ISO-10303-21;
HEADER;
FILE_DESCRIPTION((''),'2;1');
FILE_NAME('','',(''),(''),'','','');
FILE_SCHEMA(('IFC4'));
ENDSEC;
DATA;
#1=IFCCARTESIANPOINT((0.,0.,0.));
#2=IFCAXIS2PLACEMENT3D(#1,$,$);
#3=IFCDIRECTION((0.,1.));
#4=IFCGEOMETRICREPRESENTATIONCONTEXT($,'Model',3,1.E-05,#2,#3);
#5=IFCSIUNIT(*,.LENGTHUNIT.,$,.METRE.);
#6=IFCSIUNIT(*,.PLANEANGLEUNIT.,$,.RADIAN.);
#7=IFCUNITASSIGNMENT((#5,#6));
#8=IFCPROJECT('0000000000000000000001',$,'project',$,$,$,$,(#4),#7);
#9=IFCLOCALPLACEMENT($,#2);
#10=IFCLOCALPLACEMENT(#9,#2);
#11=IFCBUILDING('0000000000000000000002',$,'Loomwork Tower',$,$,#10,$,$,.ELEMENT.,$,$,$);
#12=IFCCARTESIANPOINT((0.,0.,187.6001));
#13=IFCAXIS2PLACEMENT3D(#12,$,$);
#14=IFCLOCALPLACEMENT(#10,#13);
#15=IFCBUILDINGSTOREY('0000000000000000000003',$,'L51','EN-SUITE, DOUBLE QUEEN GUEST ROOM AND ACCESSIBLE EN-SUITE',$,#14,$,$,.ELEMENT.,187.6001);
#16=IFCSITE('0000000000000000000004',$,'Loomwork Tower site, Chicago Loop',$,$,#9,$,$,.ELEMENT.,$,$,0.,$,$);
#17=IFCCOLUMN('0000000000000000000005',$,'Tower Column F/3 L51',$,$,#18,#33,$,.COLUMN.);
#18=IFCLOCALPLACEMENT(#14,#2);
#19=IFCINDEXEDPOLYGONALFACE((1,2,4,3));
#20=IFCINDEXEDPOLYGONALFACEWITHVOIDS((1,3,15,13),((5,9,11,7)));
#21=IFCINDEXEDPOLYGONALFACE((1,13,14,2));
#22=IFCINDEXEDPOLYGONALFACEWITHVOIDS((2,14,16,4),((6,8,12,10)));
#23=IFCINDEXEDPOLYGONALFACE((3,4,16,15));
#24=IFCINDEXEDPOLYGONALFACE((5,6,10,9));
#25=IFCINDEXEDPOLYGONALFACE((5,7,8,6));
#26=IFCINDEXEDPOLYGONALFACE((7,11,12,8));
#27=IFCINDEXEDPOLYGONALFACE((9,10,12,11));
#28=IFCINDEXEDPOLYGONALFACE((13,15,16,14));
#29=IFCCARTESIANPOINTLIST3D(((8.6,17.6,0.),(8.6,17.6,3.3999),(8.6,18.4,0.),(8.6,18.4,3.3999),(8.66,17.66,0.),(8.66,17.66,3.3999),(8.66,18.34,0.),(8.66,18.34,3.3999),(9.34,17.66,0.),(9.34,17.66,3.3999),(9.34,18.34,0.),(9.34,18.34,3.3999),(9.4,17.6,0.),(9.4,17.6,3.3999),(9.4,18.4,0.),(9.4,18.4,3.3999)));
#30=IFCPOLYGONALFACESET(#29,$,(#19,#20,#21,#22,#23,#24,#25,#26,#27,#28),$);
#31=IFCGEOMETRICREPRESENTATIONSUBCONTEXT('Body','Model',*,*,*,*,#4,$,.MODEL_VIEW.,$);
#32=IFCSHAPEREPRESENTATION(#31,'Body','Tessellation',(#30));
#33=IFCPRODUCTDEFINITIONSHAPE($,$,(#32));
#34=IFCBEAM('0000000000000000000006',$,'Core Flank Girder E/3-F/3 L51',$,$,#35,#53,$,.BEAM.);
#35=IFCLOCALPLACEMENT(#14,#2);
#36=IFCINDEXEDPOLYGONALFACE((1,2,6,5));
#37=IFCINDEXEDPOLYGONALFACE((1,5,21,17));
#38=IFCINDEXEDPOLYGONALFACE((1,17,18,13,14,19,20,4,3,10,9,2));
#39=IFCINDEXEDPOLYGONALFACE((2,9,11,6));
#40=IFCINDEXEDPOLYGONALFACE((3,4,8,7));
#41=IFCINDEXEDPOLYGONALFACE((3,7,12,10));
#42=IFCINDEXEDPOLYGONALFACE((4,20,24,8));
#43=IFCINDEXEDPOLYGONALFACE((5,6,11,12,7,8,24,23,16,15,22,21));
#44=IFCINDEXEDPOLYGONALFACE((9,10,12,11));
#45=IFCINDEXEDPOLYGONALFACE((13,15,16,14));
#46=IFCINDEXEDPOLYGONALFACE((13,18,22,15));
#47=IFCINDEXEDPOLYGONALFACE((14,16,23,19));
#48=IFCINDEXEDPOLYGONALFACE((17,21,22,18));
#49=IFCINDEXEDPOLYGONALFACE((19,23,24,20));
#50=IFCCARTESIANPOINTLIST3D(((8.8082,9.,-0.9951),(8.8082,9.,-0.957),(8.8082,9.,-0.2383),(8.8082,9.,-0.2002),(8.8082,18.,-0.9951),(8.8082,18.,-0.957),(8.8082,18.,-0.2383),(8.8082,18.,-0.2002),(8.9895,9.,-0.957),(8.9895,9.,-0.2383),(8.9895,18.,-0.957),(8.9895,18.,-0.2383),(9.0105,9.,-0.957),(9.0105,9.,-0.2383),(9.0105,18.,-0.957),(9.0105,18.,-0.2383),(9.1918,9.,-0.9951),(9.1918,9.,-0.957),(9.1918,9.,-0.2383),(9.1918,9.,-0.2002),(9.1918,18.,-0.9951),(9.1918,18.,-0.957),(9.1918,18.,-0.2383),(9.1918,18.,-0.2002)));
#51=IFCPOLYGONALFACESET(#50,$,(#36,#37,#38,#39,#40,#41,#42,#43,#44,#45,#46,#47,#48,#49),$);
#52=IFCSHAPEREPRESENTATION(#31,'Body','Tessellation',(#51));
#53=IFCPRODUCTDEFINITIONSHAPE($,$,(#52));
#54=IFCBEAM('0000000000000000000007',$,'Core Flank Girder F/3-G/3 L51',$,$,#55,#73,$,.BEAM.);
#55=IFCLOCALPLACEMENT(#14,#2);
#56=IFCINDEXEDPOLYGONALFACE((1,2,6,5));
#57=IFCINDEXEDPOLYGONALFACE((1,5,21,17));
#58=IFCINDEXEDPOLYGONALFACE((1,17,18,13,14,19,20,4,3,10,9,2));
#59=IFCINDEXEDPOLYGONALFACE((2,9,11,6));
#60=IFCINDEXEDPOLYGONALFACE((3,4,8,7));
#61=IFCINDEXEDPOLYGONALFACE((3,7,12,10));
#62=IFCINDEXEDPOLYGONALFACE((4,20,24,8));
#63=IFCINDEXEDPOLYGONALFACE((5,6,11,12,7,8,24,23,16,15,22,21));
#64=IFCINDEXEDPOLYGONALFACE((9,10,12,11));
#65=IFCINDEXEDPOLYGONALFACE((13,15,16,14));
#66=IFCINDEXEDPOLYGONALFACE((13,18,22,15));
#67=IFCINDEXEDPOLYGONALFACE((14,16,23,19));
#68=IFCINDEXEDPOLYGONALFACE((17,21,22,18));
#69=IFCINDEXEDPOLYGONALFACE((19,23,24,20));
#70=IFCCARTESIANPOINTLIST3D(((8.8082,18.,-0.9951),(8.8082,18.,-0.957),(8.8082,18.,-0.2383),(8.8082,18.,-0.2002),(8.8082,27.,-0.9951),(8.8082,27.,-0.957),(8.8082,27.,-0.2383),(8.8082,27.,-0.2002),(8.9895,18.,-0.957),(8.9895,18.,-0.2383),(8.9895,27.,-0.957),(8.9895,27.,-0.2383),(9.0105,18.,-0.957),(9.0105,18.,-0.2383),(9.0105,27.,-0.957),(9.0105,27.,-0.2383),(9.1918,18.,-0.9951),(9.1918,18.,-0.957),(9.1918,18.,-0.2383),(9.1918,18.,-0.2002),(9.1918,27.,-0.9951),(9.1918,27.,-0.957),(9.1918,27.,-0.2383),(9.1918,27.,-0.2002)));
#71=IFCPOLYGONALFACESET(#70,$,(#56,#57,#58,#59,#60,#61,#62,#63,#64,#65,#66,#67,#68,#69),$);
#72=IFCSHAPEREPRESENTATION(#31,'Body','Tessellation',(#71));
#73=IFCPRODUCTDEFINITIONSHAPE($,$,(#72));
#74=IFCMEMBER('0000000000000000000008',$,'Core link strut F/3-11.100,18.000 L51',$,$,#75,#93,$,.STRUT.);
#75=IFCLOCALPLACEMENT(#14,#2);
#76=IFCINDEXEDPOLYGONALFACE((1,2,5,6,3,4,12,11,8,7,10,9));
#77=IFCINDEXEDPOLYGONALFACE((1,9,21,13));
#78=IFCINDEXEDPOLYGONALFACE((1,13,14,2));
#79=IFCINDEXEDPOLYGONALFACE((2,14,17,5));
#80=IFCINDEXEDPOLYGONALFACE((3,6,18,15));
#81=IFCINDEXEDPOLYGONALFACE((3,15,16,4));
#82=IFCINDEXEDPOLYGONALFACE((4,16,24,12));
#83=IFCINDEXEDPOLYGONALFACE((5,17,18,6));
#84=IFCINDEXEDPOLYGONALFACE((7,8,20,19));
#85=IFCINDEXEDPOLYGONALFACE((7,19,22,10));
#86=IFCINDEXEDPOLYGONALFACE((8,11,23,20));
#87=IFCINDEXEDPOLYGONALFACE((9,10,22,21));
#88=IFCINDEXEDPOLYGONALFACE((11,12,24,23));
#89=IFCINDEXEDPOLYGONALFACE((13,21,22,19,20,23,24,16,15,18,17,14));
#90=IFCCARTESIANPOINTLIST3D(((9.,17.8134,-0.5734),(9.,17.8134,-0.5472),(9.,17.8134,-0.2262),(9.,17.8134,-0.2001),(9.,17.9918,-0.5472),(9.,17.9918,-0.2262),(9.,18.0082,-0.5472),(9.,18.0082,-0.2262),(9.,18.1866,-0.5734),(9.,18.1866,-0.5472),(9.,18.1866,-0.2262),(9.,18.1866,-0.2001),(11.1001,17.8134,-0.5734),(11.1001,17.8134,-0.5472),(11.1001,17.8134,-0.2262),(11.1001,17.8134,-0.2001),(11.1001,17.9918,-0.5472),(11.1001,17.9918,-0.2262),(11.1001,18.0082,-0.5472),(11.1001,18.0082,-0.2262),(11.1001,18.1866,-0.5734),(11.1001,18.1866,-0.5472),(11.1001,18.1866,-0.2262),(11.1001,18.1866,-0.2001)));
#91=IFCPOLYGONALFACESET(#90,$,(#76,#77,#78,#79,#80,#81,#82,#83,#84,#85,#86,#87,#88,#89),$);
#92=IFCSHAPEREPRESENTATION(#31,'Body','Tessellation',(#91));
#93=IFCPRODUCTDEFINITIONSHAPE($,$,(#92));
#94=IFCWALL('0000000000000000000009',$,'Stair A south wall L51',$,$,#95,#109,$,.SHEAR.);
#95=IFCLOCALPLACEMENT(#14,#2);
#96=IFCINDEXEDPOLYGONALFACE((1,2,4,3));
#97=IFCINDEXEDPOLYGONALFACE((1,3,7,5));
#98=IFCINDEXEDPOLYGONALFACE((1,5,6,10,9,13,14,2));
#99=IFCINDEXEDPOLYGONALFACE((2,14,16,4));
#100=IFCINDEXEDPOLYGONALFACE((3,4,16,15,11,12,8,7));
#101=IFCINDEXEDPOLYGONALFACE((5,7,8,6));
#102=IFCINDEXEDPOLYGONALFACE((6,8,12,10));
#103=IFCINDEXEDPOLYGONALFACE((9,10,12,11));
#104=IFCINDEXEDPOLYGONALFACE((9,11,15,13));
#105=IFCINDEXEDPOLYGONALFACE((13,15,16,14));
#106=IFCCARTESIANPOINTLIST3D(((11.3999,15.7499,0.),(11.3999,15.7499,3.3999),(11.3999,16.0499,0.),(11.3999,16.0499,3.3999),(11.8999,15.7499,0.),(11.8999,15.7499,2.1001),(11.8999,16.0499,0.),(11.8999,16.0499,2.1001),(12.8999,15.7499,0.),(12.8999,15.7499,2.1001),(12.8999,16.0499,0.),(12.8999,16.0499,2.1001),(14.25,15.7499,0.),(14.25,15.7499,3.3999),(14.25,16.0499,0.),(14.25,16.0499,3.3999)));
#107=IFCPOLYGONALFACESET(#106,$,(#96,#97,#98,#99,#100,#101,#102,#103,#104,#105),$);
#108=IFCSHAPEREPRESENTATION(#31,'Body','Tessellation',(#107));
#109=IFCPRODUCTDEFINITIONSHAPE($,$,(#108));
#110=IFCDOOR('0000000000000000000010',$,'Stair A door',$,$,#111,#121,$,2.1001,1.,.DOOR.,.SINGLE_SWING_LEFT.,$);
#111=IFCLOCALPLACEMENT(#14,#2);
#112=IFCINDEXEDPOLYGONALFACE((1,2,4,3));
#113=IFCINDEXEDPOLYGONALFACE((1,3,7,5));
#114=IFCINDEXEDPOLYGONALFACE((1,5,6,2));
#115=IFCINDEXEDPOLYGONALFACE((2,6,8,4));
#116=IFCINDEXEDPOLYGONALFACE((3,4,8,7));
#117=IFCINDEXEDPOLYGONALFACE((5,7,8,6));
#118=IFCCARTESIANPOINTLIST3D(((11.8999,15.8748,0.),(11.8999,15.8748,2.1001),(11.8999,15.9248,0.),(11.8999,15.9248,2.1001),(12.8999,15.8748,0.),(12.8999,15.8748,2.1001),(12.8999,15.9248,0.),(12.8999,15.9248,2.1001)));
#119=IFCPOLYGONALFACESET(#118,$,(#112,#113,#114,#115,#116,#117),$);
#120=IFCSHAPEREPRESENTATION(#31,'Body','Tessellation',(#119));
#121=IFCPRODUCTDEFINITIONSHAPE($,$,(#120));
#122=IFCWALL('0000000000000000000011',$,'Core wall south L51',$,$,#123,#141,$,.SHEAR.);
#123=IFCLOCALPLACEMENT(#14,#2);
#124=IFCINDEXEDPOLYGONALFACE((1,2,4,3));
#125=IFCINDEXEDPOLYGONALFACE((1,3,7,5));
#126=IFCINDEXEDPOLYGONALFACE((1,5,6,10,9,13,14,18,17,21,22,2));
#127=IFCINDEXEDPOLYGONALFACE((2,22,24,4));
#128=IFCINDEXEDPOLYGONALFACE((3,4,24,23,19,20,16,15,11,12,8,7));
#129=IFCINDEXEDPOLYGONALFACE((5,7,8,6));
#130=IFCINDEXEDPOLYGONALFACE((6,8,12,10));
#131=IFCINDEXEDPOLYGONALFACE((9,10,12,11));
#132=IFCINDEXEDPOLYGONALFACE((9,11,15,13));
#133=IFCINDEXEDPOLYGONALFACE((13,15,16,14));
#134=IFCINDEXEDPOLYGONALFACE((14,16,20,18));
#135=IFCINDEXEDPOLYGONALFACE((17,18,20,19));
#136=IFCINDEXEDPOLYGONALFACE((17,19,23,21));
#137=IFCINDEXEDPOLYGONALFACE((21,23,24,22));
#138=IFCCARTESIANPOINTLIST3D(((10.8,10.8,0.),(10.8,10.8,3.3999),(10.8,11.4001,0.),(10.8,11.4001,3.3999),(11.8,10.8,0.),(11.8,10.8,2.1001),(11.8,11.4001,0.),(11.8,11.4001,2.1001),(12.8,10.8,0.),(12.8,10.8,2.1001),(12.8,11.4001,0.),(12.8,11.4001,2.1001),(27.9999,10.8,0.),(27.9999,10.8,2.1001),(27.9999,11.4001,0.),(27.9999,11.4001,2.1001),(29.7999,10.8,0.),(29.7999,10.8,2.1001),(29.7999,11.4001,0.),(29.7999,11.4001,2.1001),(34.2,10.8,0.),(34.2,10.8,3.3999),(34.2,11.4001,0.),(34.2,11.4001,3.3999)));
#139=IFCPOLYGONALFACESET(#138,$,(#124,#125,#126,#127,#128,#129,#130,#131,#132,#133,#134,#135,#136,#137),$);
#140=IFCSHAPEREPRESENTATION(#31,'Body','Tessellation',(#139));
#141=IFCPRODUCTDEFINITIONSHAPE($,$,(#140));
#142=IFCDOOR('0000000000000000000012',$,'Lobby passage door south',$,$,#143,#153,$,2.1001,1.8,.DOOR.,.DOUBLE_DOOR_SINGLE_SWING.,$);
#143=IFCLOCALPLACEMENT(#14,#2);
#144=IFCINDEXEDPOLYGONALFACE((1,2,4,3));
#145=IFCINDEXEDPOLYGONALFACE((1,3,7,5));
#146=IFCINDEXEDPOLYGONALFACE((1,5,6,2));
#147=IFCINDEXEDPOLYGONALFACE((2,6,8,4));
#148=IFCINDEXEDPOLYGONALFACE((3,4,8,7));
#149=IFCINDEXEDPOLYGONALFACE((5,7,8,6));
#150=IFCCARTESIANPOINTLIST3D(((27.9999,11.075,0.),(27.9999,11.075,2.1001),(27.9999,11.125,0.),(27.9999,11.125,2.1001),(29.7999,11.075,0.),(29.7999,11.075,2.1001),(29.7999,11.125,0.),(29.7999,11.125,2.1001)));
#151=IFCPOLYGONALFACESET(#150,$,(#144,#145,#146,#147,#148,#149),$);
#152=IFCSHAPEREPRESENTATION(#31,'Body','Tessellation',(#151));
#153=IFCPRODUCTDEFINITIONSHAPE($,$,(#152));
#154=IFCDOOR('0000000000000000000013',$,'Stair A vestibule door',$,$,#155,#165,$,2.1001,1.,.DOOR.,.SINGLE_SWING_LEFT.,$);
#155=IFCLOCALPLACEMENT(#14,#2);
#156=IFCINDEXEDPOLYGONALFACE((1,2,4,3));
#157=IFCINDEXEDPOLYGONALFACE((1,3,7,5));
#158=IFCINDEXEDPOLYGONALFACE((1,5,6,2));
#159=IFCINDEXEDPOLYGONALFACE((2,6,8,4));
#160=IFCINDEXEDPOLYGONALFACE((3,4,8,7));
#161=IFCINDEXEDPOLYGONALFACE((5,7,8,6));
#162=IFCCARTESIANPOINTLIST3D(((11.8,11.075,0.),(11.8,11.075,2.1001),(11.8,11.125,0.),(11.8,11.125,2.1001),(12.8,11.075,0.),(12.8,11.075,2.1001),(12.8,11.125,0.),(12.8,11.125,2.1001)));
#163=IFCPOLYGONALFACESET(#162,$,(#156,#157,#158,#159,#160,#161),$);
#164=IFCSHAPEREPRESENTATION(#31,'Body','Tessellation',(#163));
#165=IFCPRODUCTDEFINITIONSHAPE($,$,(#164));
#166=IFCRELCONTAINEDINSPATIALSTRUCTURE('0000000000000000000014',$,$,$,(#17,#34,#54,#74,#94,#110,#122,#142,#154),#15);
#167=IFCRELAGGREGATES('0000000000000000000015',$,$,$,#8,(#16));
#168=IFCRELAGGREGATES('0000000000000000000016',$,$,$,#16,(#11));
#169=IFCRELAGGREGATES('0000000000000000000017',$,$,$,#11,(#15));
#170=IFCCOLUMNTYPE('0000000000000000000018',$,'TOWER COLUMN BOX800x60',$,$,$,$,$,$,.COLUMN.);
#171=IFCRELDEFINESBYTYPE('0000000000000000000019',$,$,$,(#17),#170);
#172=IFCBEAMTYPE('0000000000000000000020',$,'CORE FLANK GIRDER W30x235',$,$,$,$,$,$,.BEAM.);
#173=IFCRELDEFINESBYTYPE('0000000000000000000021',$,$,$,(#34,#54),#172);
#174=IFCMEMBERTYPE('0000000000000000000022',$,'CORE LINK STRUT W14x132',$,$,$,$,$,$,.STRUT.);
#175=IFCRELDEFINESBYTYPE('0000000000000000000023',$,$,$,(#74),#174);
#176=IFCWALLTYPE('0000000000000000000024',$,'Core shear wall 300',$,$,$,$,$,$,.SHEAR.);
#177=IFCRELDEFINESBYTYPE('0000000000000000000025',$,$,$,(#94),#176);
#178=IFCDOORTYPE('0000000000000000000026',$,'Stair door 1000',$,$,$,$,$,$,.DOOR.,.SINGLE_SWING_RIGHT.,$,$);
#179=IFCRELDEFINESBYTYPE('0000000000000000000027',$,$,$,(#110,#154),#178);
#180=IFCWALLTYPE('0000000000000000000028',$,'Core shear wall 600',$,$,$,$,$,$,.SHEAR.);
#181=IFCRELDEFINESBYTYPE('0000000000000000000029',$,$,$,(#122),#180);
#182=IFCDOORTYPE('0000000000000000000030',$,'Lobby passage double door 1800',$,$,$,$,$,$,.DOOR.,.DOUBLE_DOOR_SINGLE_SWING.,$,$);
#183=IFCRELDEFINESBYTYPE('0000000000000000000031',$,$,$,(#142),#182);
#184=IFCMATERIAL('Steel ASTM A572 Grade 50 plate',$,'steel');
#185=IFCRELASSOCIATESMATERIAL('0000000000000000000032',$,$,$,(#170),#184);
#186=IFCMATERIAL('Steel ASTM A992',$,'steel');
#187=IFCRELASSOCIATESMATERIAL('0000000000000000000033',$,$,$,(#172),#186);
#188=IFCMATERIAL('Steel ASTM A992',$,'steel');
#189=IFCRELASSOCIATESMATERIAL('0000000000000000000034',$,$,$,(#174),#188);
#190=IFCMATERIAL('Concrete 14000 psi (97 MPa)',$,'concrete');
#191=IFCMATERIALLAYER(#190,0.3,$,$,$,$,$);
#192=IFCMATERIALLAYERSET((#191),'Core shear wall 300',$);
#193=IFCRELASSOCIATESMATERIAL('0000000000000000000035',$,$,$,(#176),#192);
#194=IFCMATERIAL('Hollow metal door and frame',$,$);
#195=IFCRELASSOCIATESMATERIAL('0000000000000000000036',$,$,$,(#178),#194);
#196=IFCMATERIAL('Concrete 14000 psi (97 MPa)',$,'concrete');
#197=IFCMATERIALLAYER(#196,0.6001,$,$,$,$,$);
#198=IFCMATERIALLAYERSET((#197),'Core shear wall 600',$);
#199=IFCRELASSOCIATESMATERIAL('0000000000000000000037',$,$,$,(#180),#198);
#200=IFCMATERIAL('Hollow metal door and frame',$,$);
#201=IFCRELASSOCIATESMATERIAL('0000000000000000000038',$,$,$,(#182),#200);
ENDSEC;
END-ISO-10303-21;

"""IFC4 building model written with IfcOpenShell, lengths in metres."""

from ifc_helpers import new_model, si_unit, direction, frame, frame_2d, origin, origin_2d, place, context, subcontext, project, spatial, rectangle, hollow_rectangle, i_section, extrude, material, layer, layer_set, material_profile, profile_set, type_object, element, fill, save


model = new_model("IFC4")

# Units and contexts
model_context = context("Model", 3, precision=1e-05, world=origin(), true_north=direction((0.0, 1.0)))
body_context = subcontext(model_context, "Body", "Model", "MODEL_VIEW")
ifc_project = project(units=[si_unit("LENGTHUNIT", "METRE"), si_unit("PLANEANGLEUNIT", "RADIAN")], contexts=[model_context])

# Site, building, storey
site_placement = place(None, origin())
site = spatial("IfcSite", under=ifc_project, at=site_placement, Name="Loomwork Tower site, Chicago Loop", CompositionType="ELEMENT", RefElevation=0.0)
building_placement = place(site_placement, origin())
building = spatial("IfcBuilding", under=site, at=building_placement, Name="Loomwork Tower", CompositionType="ELEMENT")
storey_placement = place(building_placement, frame((0.0, 0.0, 187.6001)))
storey = spatial("IfcBuildingStorey", under=building, at=storey_placement, Name="L51", Description="EN-SUITE, DOUBLE QUEEN GUEST ROOM AND ACCESSIBLE EN-SUITE", CompositionType="ELEMENT", Elevation=187.6001)

# Column
ifc_material_1 = material(Name="Steel ASTM A572 Grade 50 plate", Category="steel")
ifc_material_profile_1 = material_profile(ifc_material_1, hollow_rectangle(XDim=0.8, YDim=0.8, WallThickness=0.0601, at=origin_2d()), Name="BOX800x60")
ifc_profile_set_1 = profile_set([ifc_material_profile_1], Name="Steel ASTM A572 Grade 50 plate")
column_type = type_object("IfcColumnType", Name="TOWER COLUMN BOX800x60", PredefinedType="COLUMN", material=ifc_profile_set_1)
column_placement = place(storey_placement, frame((9.0, 18.0, 0.0), z_axis=(0.0, 0.0, 1.0), x_axis=(1.0, 0.0, 0.0)))
element("IfcColumn", 1, at=column_placement, inside=storey, type_object=column_type, Name="Tower Column F/3 L51", PredefinedType="COLUMN", context=body_context, shape_type="SweptSolid", body=[
    extrude(hollow_rectangle(XDim=0.8, YDim=0.8, WallThickness=0.0601, at=origin_2d()), origin(), (0.0, 0.0, 1.0), 3.3999),
])

# Beams
ifc_material_2 = material(Name="Steel ASTM A992", Category="steel")
ifc_material_profile_2 = material_profile(ifc_material_2, i_section(OverallWidth=0.3835, OverallDepth=0.7949, WebThickness=0.021, FlangeThickness=0.0381, at=origin_2d()), Name="W30x235")
ifc_profile_set_2 = profile_set([ifc_material_profile_2], Name="Steel ASTM A992")
beam_type = type_object("IfcBeamType", Name="CORE FLANK GIRDER W30x235", PredefinedType="BEAM", material=ifc_profile_set_2)
for number, where, z_axis, x_axis, name in (
    (2, (9.0, 9.0, -0.5977), (0.0, 1.0, 0.0), (-1.0, 0.0, 0.0), "Core Flank Girder E/3-F/3 L51"),
    (3, (9.0, 18.0, -0.5977), (0.0, 1.0, 0.0), (-1.0, 0.0, 0.0), "Core Flank Girder F/3-G/3 L51"),
):
    element("IfcBeam", number, at=place(storey_placement, frame(where, z_axis=z_axis, x_axis=x_axis)), inside=storey, type_object=beam_type, Name=name, PredefinedType="BEAM", context=body_context, shape_type="SweptSolid", body=[
        extrude(i_section(OverallWidth=0.3835, OverallDepth=0.7949, WebThickness=0.021, FlangeThickness=0.0381, at=origin_2d()), origin(), (0.0, 0.0, 1.0), 9.0),
    ])

# Member
ifc_material_3 = material(Name="Steel ASTM A992", Category="steel")
ifc_material_profile_3 = material_profile(ifc_material_3, i_section(OverallWidth=0.3733, OverallDepth=0.3733, WebThickness=0.0164, FlangeThickness=0.0261, at=origin_2d()), Name="W14x132")
ifc_profile_set_3 = profile_set([ifc_material_profile_3], Name="Steel ASTM A992")
member_type = type_object("IfcMemberType", Name="CORE LINK STRUT W14x132", PredefinedType="STRUT", material=ifc_profile_set_3)
member_placement = place(storey_placement, frame((9.0, 18.0, -0.3867), z_axis=(1.0, 0.0, 0.0), x_axis=(0.0, 1.0, 0.0)))
element("IfcMember", 4, at=member_placement, inside=storey, type_object=member_type, Name="Core link strut F/3-11.100,18.000 L51", PredefinedType="STRUT", context=body_context, shape_type="SweptSolid", body=[
    extrude(i_section(OverallWidth=0.3733, OverallDepth=0.3733, WebThickness=0.0164, FlangeThickness=0.0261, at=origin_2d()), origin(), (0.0, 0.0, 1.0), 2.1001),
])

# Wall, opening, door
ifc_material_4 = material(Name="Concrete 14000 psi (97 MPa)", Category="concrete")
ifc_layer_1 = layer(ifc_material_4, 0.3)
ifc_layer_set_1 = layer_set([ifc_layer_1], Name="Core shear wall 300")
wall_type_1 = type_object("IfcWallType", Name="Core shear wall 300", PredefinedType="SHEAR", material=ifc_layer_set_1)
wall_1_placement = place(storey_placement, frame((11.3999, 15.8999, 0.0), z_axis=(0.0, 0.0, 1.0), x_axis=(1.0, 0.0, 0.0)))
wall_1 = element("IfcWall", 5, at=wall_1_placement, inside=storey, type_object=wall_type_1, Name="Stair A south wall L51", PredefinedType="SHEAR", context=body_context, shape_type="SweptSolid", body=[
    extrude(rectangle(XDim=2.8501, YDim=0.3, at=frame_2d((1.425, 0.0))), origin(), (0.0, 0.0, 1.0), 3.3999),
])
opening_1_placement = place(wall_1_placement, frame((0.5, 0.0, 0.0)))
opening_1 = element("IfcOpeningElement", 6, at=opening_1_placement, cuts=wall_1, PredefinedType="OPENING", context=body_context, shape_type="SweptSolid", body=[
    extrude(rectangle(XDim=1.0, YDim=2.1001, at=frame_2d((0.5, 1.05))), frame((0.0, 0.1599, 0.0), z_axis=(0.0, -1.0, 0.0), x_axis=(1.0, 0.0, 0.0)), (0.0, 0.0, 1.0), 0.3201),
])
ifc_material_5 = material(Name="Hollow metal door and frame")
door_type_1 = type_object("IfcDoorType", Name="Stair door 1000", OperationType="SINGLE_SWING_RIGHT", PredefinedType="DOOR", material=ifc_material_5)
door_1_placement = place(opening_1_placement, origin())
door_1 = element("IfcDoor", 7, at=door_1_placement, inside=storey, type_object=door_type_1, Name="Stair A door", OperationType="SINGLE_SWING_LEFT", OverallHeight=2.1001, OverallWidth=1.0, PredefinedType="DOOR", context=body_context, shape_type="SweptSolid", body=[
    extrude(rectangle(XDim=1.0, YDim=2.1001, at=frame_2d((0.5, 1.05))), frame((0.0, 0.0249, 0.0), z_axis=(0.0, -1.0, 0.0), x_axis=(1.0, 0.0, 0.0)), (0.0, 0.0, 1.0), 0.05),
])
fill(opening_1, door_1)

# Wall, openings, doors
ifc_material_6 = material(Name="Concrete 14000 psi (97 MPa)", Category="concrete")
ifc_layer_2 = layer(ifc_material_6, 0.6001)
ifc_layer_set_2 = layer_set([ifc_layer_2], Name="Core shear wall 600")
wall_type_2 = type_object("IfcWallType", Name="Core shear wall 600", PredefinedType="SHEAR", material=ifc_layer_set_2)
wall_2_placement = place(storey_placement, frame((10.8, 11.1001, 0.0), z_axis=(0.0, 0.0, 1.0), x_axis=(1.0, 0.0, 0.0)))
wall_2 = element("IfcWall", 8, at=wall_2_placement, inside=storey, type_object=wall_type_2, Name="Core wall south L51", PredefinedType="SHEAR", context=body_context, shape_type="SweptSolid", body=[
    extrude(rectangle(XDim=23.3999, YDim=0.6001, at=frame_2d((11.7, 0.0))), origin(), (0.0, 0.0, 1.0), 3.3999),
])
opening_2_placement = place(wall_2_placement, frame((1.0, 0.0, 0.0)))
opening_2 = element("IfcOpeningElement", 9, at=opening_2_placement, cuts=wall_2, PredefinedType="OPENING", context=body_context, shape_type="SweptSolid", body=[
    extrude(rectangle(XDim=1.0, YDim=2.1001, at=frame_2d((0.5, 1.05))), frame((0.0, 0.3101, 0.0), z_axis=(0.0, -1.0, 0.0), x_axis=(1.0, 0.0, 0.0)), (0.0, 0.0, 1.0), 0.6201),
])
opening_3_placement = place(wall_2_placement, frame((17.2, 0.0, 0.0)))
opening_3 = element("IfcOpeningElement", 10, at=opening_3_placement, cuts=wall_2, PredefinedType="OPENING", context=body_context, shape_type="SweptSolid", body=[
    extrude(rectangle(XDim=1.8, YDim=2.1001, at=frame_2d((0.8999, 1.05))), frame((0.0, 0.3101, 0.0), z_axis=(0.0, -1.0, 0.0), x_axis=(1.0, 0.0, 0.0)), (0.0, 0.0, 1.0), 0.6201),
])
ifc_material_7 = material(Name="Hollow metal door and frame")
door_type_2 = type_object("IfcDoorType", Name="Lobby passage double door 1800", OperationType="DOUBLE_DOOR_SINGLE_SWING", PredefinedType="DOOR", material=ifc_material_7)
door_2_placement = place(opening_3_placement, origin())
door_2 = element("IfcDoor", 11, at=door_2_placement, inside=storey, type_object=door_type_2, Name="Lobby passage door south", OperationType="DOUBLE_DOOR_SINGLE_SWING", OverallHeight=2.1001, OverallWidth=1.8, PredefinedType="DOOR", context=body_context, shape_type="SweptSolid", body=[
    extrude(rectangle(XDim=1.8, YDim=2.1001, at=frame_2d((0.8999, 1.05))), frame((0.0, 0.0249, 0.0), z_axis=(0.0, -1.0, 0.0), x_axis=(1.0, 0.0, 0.0)), (0.0, 0.0, 1.0), 0.05),
])
fill(opening_3, door_2)
door_3_placement = place(opening_2_placement, origin())
door_3 = element("IfcDoor", 12, at=door_3_placement, inside=storey, type_object=door_type_1, Name="Stair A vestibule door", OperationType="SINGLE_SWING_LEFT", OverallHeight=2.1001, OverallWidth=1.0, PredefinedType="DOOR", context=body_context, shape_type="SweptSolid", body=[
    extrude(rectangle(XDim=1.0, YDim=2.1001, at=frame_2d((0.5, 1.05))), frame((0.0, 0.0249, 0.0), z_axis=(0.0, -1.0, 0.0), x_axis=(1.0, 0.0, 0.0)), (0.0, 0.0, 1.0), 0.05),
])
fill(opening_2, door_3)

save(model, "model.ifc")
